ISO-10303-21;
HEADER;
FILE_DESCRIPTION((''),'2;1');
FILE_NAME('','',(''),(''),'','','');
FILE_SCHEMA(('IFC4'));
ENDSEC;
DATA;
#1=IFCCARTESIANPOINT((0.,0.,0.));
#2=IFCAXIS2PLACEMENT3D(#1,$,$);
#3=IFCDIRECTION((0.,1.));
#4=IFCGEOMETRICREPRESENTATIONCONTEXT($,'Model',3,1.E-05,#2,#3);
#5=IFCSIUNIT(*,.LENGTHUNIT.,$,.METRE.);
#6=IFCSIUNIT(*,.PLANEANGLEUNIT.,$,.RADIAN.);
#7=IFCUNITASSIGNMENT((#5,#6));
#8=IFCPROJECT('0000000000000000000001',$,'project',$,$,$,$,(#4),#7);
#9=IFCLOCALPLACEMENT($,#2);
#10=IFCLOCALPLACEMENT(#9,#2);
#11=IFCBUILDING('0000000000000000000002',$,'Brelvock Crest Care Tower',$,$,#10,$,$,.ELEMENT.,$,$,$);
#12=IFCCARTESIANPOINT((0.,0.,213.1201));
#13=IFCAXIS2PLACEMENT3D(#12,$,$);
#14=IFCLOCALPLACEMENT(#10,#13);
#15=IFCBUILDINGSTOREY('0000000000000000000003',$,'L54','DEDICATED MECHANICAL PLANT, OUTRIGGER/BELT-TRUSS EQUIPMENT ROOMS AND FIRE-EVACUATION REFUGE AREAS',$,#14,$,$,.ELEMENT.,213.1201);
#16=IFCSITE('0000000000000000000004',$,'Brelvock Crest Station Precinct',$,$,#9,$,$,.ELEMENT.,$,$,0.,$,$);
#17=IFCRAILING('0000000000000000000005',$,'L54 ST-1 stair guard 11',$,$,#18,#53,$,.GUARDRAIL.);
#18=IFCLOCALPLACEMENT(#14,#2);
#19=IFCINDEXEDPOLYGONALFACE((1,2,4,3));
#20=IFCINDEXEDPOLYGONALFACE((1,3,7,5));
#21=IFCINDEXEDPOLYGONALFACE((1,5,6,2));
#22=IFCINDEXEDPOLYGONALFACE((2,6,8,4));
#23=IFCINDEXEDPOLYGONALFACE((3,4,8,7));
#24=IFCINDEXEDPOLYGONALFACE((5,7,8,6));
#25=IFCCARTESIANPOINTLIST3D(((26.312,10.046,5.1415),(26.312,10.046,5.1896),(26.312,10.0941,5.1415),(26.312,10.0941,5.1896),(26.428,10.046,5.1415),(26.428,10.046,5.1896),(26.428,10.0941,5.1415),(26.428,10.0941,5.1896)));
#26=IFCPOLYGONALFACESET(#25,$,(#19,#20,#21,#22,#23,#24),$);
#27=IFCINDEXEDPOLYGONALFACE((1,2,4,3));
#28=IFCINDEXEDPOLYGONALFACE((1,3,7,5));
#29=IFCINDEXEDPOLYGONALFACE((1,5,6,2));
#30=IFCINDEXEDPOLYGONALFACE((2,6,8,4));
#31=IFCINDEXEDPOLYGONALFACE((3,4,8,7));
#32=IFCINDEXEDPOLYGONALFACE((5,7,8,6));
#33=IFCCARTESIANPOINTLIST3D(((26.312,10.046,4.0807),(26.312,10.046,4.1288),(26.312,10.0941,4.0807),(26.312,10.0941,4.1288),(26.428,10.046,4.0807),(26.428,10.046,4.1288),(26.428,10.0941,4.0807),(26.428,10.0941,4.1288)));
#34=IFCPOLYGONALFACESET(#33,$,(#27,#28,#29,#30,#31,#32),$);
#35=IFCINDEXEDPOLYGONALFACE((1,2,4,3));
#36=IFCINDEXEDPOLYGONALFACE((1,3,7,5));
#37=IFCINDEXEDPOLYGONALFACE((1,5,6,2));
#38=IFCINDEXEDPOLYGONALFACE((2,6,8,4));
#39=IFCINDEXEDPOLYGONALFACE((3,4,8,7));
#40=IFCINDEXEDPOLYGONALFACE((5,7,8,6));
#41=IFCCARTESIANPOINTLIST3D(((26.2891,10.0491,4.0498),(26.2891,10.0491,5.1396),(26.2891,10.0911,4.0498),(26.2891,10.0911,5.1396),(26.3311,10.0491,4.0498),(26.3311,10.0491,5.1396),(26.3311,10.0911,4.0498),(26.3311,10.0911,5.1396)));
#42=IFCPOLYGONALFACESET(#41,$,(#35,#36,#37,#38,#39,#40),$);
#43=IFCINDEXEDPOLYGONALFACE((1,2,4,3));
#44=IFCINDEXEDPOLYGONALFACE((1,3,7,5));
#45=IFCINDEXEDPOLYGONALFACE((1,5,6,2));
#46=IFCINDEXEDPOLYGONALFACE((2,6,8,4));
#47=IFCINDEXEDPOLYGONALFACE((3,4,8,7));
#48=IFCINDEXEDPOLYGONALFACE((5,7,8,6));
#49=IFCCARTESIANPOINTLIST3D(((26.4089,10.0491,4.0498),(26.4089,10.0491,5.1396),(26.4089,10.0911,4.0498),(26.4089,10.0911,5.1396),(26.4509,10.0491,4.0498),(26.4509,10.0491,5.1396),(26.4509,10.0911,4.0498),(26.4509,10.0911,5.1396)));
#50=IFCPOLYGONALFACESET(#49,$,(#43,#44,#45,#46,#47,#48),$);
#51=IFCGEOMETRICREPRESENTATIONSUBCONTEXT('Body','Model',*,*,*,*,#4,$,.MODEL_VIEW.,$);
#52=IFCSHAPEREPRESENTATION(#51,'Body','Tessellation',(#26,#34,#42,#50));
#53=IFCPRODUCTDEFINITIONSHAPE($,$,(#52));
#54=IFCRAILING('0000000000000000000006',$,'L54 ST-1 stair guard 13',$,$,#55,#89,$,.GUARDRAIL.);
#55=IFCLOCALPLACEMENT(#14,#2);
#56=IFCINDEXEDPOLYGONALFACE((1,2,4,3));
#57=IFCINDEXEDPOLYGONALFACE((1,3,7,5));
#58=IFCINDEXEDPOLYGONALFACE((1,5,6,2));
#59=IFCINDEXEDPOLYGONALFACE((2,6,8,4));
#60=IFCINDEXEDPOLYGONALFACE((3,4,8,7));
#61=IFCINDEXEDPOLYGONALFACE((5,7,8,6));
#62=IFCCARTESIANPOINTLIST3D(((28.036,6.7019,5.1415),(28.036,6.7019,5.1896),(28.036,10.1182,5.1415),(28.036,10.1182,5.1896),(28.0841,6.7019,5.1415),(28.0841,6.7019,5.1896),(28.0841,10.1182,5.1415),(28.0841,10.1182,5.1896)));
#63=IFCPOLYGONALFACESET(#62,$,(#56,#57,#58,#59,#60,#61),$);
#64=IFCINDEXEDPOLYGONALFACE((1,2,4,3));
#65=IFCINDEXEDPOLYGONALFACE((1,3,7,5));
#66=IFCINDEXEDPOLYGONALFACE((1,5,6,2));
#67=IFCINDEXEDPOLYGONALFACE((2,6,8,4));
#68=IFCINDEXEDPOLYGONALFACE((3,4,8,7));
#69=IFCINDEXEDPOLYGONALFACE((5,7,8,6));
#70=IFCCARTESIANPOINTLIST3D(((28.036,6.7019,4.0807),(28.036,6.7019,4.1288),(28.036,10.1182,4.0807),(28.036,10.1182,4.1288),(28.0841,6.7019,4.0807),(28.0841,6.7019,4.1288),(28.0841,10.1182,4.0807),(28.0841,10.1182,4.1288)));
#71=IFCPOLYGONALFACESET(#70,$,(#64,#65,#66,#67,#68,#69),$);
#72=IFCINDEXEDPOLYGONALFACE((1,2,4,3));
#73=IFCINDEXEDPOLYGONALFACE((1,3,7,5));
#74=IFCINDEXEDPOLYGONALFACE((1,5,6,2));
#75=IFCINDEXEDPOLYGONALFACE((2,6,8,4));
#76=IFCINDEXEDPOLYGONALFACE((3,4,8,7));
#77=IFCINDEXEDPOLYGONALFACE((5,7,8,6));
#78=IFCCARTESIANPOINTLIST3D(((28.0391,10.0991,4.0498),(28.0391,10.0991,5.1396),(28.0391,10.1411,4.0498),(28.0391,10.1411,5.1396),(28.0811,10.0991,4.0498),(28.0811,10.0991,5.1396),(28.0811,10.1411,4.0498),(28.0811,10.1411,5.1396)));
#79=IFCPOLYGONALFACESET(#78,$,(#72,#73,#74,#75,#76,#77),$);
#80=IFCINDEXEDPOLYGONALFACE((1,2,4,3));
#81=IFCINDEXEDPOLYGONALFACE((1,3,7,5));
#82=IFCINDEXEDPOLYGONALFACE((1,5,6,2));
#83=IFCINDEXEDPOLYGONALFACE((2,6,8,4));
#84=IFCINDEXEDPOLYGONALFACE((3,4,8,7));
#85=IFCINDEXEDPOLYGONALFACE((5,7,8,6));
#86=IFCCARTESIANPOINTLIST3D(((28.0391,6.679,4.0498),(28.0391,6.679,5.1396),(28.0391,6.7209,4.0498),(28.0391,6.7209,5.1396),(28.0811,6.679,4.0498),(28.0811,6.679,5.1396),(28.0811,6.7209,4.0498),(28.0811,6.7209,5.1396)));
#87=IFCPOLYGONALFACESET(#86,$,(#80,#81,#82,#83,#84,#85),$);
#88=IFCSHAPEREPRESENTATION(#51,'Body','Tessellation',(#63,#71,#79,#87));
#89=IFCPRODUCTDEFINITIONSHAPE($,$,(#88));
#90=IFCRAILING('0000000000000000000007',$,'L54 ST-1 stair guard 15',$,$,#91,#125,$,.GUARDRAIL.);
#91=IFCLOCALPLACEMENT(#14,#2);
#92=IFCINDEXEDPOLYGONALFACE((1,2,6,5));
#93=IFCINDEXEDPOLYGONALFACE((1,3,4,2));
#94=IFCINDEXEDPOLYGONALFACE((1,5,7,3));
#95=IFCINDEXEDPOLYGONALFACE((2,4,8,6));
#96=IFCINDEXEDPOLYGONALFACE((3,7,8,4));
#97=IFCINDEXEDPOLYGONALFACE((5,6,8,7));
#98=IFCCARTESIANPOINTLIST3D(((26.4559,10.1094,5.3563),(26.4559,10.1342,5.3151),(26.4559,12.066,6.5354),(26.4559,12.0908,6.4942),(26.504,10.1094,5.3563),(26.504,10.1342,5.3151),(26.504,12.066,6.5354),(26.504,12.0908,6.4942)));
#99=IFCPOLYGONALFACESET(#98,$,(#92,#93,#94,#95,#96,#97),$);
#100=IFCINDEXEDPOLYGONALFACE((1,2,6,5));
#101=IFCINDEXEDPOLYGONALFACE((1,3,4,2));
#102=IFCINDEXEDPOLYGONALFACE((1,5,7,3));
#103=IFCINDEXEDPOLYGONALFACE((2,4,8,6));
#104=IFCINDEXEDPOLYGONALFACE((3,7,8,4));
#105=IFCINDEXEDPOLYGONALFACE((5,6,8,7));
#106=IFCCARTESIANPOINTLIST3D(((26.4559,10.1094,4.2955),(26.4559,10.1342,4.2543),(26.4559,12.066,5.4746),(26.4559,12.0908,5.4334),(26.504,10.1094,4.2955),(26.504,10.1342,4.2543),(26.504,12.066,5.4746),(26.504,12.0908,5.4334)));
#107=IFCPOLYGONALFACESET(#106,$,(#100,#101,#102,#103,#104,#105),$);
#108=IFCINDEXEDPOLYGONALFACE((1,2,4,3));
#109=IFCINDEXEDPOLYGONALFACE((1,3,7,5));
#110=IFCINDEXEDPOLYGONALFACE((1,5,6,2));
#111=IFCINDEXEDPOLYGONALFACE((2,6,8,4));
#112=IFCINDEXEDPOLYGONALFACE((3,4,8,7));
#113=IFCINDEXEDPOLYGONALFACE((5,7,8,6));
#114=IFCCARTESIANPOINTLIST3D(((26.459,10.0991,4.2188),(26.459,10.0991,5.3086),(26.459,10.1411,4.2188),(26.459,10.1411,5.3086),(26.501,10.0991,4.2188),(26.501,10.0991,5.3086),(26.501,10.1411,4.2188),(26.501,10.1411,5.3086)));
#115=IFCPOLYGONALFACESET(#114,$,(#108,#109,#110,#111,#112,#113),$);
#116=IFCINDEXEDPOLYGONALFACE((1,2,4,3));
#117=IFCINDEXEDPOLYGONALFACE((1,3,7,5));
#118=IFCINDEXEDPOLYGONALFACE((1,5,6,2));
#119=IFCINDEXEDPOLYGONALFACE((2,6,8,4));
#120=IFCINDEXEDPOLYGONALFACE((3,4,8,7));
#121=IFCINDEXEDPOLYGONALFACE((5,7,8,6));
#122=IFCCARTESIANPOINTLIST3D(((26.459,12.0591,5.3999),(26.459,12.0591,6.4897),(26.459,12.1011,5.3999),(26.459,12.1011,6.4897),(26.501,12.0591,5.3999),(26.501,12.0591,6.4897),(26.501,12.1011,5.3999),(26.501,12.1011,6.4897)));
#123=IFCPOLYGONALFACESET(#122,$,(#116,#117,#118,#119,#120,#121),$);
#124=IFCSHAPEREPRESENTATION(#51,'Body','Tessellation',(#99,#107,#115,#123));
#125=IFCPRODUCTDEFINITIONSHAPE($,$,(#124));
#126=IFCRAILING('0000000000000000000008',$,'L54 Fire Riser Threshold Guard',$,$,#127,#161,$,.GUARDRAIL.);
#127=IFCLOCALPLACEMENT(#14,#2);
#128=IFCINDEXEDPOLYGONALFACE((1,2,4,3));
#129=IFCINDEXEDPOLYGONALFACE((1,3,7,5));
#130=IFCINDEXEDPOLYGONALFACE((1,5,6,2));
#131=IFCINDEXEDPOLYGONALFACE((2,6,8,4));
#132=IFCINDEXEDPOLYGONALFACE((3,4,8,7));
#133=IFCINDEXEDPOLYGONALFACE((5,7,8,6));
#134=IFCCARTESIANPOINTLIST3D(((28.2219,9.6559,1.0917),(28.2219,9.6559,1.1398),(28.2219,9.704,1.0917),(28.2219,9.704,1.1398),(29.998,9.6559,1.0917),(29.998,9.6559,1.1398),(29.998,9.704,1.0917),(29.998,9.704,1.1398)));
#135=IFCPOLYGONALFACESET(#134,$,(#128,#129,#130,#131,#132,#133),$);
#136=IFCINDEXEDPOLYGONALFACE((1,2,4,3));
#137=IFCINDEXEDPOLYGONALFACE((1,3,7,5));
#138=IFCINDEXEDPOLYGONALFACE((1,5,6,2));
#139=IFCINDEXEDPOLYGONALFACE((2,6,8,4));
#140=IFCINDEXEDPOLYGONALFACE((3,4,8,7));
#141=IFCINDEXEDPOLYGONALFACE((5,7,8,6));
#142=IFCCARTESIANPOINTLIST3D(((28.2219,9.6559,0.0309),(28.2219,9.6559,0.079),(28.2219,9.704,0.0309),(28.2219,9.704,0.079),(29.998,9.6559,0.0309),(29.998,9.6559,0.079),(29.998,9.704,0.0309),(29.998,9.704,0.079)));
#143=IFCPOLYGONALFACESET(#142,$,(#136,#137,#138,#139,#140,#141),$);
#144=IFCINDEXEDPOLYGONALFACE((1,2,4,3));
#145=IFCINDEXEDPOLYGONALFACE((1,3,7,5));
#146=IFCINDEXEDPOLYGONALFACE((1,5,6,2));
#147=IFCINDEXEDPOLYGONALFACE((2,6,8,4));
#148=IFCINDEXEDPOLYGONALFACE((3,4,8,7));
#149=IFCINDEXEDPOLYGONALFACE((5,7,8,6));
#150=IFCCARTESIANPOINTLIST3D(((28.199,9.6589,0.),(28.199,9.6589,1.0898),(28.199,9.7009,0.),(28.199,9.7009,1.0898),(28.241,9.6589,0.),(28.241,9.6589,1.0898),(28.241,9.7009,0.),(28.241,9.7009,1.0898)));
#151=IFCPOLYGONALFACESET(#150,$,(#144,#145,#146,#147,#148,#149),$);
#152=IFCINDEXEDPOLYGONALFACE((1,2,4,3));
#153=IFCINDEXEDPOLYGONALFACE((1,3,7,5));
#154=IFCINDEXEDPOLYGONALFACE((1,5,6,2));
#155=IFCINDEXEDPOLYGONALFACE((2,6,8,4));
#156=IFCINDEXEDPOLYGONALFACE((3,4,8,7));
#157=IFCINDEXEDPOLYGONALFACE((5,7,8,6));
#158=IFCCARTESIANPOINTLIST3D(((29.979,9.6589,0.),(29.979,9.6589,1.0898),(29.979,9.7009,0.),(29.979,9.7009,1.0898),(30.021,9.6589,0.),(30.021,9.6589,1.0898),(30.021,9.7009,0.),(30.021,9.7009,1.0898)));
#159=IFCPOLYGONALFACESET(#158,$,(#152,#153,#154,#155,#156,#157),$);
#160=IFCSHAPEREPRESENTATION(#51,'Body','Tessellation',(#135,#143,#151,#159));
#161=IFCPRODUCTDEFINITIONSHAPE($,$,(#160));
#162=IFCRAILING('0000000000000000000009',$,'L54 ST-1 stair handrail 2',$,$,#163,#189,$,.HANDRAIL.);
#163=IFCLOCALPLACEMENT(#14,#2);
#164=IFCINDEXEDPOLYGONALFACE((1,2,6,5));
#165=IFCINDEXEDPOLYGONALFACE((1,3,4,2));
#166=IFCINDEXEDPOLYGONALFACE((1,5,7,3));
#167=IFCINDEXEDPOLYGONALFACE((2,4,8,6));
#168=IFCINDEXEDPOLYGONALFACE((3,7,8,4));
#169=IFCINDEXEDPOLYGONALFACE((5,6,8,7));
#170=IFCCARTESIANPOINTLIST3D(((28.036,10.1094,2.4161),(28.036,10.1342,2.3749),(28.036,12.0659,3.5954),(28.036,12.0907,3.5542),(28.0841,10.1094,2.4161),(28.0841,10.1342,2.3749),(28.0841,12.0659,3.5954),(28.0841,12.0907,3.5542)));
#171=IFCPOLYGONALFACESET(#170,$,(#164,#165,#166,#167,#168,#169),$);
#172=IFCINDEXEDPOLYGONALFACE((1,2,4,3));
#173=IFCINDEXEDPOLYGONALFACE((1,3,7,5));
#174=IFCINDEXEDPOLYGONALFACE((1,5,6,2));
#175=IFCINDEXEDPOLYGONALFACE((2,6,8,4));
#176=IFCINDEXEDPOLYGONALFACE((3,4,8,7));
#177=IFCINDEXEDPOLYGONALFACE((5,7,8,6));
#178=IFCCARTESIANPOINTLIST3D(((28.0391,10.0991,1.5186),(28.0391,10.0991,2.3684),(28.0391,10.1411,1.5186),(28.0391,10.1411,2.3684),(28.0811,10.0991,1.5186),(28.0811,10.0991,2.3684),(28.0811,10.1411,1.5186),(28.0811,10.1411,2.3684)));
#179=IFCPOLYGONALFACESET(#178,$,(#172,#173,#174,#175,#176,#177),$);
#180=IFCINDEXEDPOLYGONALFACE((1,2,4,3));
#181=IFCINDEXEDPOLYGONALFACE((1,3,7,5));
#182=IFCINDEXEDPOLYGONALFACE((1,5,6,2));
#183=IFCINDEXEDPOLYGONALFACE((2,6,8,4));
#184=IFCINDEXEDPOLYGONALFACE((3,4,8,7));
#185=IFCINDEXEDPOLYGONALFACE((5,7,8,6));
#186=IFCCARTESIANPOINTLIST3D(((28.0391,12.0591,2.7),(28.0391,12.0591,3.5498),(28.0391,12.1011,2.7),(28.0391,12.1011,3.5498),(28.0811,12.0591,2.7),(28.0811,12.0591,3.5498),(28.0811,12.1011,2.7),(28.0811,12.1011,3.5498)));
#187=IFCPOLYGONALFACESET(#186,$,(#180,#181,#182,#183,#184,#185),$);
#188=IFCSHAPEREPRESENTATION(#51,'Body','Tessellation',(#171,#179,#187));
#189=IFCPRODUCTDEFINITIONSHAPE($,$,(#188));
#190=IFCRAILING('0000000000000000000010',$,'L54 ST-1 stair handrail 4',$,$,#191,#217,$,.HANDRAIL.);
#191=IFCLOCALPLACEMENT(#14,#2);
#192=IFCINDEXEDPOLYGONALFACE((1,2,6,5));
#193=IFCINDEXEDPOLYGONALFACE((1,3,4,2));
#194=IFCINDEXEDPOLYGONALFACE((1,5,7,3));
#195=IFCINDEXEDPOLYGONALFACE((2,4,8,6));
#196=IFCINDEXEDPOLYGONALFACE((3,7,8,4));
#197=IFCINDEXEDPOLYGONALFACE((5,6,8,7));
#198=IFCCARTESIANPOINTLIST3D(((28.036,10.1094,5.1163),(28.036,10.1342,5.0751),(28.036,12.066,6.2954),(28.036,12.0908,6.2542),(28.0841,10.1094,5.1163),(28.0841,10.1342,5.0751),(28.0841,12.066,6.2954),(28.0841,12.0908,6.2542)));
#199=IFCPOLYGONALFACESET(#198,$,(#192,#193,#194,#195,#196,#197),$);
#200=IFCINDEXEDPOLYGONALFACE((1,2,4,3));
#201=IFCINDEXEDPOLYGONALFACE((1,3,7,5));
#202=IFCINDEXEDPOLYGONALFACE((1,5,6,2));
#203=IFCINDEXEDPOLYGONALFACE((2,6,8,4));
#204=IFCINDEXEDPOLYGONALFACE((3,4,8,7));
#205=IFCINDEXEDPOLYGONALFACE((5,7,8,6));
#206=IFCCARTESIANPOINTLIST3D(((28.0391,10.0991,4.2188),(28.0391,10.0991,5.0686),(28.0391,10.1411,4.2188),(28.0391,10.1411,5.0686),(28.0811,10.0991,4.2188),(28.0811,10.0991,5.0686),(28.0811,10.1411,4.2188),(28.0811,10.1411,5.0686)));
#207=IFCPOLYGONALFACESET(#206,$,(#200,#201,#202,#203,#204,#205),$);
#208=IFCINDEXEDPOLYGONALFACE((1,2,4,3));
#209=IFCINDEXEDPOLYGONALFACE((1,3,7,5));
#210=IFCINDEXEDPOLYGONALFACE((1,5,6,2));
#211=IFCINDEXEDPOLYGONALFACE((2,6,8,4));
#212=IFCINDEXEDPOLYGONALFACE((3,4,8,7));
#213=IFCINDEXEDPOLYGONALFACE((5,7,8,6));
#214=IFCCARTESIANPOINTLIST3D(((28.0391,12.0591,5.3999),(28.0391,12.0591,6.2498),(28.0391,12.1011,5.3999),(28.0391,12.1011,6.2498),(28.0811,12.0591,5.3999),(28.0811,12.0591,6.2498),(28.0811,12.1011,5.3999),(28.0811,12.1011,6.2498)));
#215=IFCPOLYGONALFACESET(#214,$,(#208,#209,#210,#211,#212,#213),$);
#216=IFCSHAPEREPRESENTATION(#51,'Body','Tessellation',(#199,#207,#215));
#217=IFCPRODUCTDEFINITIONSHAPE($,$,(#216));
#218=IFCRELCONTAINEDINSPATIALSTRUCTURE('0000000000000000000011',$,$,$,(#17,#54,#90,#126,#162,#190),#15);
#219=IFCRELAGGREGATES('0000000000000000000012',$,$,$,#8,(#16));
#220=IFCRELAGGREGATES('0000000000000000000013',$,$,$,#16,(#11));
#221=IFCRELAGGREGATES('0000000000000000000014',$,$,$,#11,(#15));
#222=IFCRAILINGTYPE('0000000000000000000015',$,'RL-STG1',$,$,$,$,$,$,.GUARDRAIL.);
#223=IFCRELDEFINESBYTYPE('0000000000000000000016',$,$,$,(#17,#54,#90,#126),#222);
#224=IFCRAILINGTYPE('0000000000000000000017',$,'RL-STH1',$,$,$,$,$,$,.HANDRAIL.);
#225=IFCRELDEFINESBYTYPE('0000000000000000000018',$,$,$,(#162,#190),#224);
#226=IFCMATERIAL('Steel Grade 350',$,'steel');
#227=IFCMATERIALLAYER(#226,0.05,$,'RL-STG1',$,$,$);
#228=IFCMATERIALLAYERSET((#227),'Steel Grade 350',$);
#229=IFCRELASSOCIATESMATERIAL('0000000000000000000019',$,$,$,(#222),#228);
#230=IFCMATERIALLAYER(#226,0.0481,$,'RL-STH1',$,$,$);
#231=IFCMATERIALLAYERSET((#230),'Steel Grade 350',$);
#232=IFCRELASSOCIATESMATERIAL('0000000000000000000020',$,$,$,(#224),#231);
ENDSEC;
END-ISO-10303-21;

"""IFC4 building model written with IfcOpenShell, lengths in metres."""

from ifc_helpers import new_model, si_unit, direction, frame, origin, origin_2d, place, context, subcontext, project, spatial, rectangle, extrude, material, layer, layer_set, type_object, element, save


model = new_model("IFC4")

# Units and contexts
model_context = context("Model", 3, precision=1e-05, world=origin(), true_north=direction((0.0, 1.0)))
body_context = subcontext(model_context, "Body", "Model", "MODEL_VIEW")
ifc_project = project(units=[si_unit("LENGTHUNIT", "METRE"), si_unit("PLANEANGLEUNIT", "RADIAN")], contexts=[model_context])

# Site, building, storey
site_placement = place(None, origin())
site = spatial("IfcSite", under=ifc_project, at=site_placement, Name="Brelvock Crest Station Precinct", CompositionType="ELEMENT", RefElevation=0.0)
building_placement = place(site_placement, origin())
building = spatial("IfcBuilding", under=site, at=building_placement, Name="Brelvock Crest Care Tower", CompositionType="ELEMENT")
storey_placement = place(building_placement, frame((0.0, 0.0, 213.1201)))
storey = spatial("IfcBuildingStorey", under=building, at=storey_placement, Name="L54", Description="DEDICATED MECHANICAL PLANT, OUTRIGGER/BELT-TRUSS EQUIPMENT ROOMS AND FIRE-EVACUATION REFUGE AREAS", CompositionType="ELEMENT", Elevation=213.1201)

# Shared definitions
ifc_material_1 = material(Name="Steel Grade 350", Category="steel")

# Railings
ifc_layer_1 = layer(ifc_material_1, 0.05, Name="RL-STG1")
ifc_layer_set_1 = layer_set([ifc_layer_1], Name="Steel Grade 350")
railing_type_1 = type_object("IfcRailingType", Name="RL-STG1", PredefinedType="GUARDRAIL", material=ifc_layer_set_1)
railing_1_placement = place(storey_placement, frame((26.3101, 10.0701, 4.0498)))
element("IfcRailing", 1, at=railing_1_placement, inside=storey, type_object=railing_type_1, Name="L54 ST-1 stair guard 11", PredefinedType="GUARDRAIL", context=body_context, shape_type="SweptSolid", body=[
    extrude(rectangle(XDim=0.0481, YDim=0.0481, at=origin_2d()), frame((0.002, 0.0, 1.1157), z_axis=(1.0, 0.0, 0.0), x_axis=(0.0, 1.0, 0.0)), (0.0, 0.0, 1.0), 0.116),
    extrude(rectangle(XDim=0.0481, YDim=0.0481, at=origin_2d()), frame((0.002, 0.0, 0.0549), z_axis=(1.0, 0.0, 0.0), x_axis=(0.0, 1.0, 0.0)), (0.0, 0.0, 1.0), 0.116),
    extrude(rectangle(XDim=0.042, YDim=0.042, at=origin_2d()), origin(), (0.0, 0.0, 1.0), 1.0898),
    extrude(rectangle(XDim=0.042, YDim=0.042, at=origin_2d()), frame((0.1199, 0.0, 0.0)), (0.0, 0.0, 1.0), 1.0898),
])
railing_2_placement = place(storey_placement, frame((28.0601, 10.1201, 4.0498)))
element("IfcRailing", 2, at=railing_2_placement, inside=storey, type_object=railing_type_1, Name="L54 ST-1 stair guard 13", PredefinedType="GUARDRAIL", context=body_context, shape_type="SweptSolid", body=[
    extrude(rectangle(XDim=0.0481, YDim=0.0481, at=origin_2d()), frame((0.0, -0.002, 1.1157), z_axis=(0.0, -1.0, 0.0), x_axis=(1.0, 0.0, 0.0)), (0.0, 0.0, 1.0), 3.4163),
    extrude(rectangle(XDim=0.0481, YDim=0.0481, at=origin_2d()), frame((0.0, -0.002, 0.0549), z_axis=(0.0, -1.0, 0.0), x_axis=(1.0, 0.0, 0.0)), (0.0, 0.0, 1.0), 3.4163),
    extrude(rectangle(XDim=0.042, YDim=0.042, at=origin_2d()), origin(), (0.0, 0.0, 1.0), 1.0898),
    extrude(rectangle(XDim=0.042, YDim=0.042, at=origin_2d()), frame((0.0, -3.4202, 0.0)), (0.0, 0.0, 1.0), 1.0898),
])
railing_3_placement = place(storey_placement, frame((26.48, 10.1201, 4.2188)))
element("IfcRailing", 3, at=railing_3_placement, inside=storey, type_object=railing_type_1, Name="L54 ST-1 stair guard 15", PredefinedType="GUARDRAIL", context=body_context, shape_type="SweptSolid", body=[
    extrude(rectangle(XDim=0.0481, YDim=0.0481, at=origin_2d()), frame((0.0, 0.0017, 1.1169), z_axis=(0.0, 0.856493, 0.516158), x_axis=(-1.0, 0.0, 0.0)), (0.0, 0.0, 1.0), 2.2844),
    extrude(rectangle(XDim=0.0481, YDim=0.0481, at=origin_2d()), frame((0.0, 0.0017, 0.0562), z_axis=(0.0, 0.856493, 0.516158), x_axis=(-1.0, 0.0, 0.0)), (0.0, 0.0, 1.0), 2.2844),
    extrude(rectangle(XDim=0.042, YDim=0.042, at=origin_2d()), origin(), (0.0, 0.0, 1.0), 1.0898),
    extrude(rectangle(XDim=0.042, YDim=0.042, at=origin_2d()), frame((0.0, 1.96, 1.1812)), (0.0, 0.0, 1.0), 1.0898),
])
railing_4_placement = place(storey_placement, frame((28.22, 9.6799, 0.0)))
element("IfcRailing", 4, at=railing_4_placement, inside=storey, type_object=railing_type_1, Name="L54 Fire Riser Threshold Guard", PredefinedType="GUARDRAIL", context=body_context, shape_type="SweptSolid", body=[
    extrude(rectangle(XDim=0.0481, YDim=0.0481, at=origin_2d()), frame((0.002, 0.0, 1.1157), z_axis=(1.0, 0.0, 0.0), x_axis=(0.0, 1.0, 0.0)), (0.0, 0.0, 1.0), 1.7761),
    extrude(rectangle(XDim=0.0481, YDim=0.0481, at=origin_2d()), frame((0.002, 0.0, 0.0549), z_axis=(1.0, 0.0, 0.0), x_axis=(0.0, 1.0, 0.0)), (0.0, 0.0, 1.0), 1.7761),
    extrude(rectangle(XDim=0.042, YDim=0.042, at=origin_2d()), origin(), (0.0, 0.0, 1.0), 1.0898),
    extrude(rectangle(XDim=0.042, YDim=0.042, at=origin_2d()), frame((1.78, 0.0, 0.0)), (0.0, 0.0, 1.0), 1.0898),
])
ifc_layer_2 = layer(ifc_material_1, 0.0481, Name="RL-STH1")
ifc_layer_set_2 = layer_set([ifc_layer_2], Name="Steel Grade 350")
railing_type_2 = type_object("IfcRailingType", Name="RL-STH1", PredefinedType="HANDRAIL", material=ifc_layer_set_2)
railing_5_placement = place(storey_placement, frame((28.0601, 10.1201, 1.5186)))
element("IfcRailing", 5, at=railing_5_placement, inside=storey, type_object=railing_type_2, Name="L54 ST-1 stair handrail 2", PredefinedType="HANDRAIL", context=body_context, shape_type="SweptSolid", body=[
    extrude(rectangle(XDim=0.0481, YDim=0.0481, at=origin_2d()), frame((0.0, 0.0017, 0.877), z_axis=(0.0, 0.856446, 0.516236), x_axis=(-1.0, 0.0, 0.0)), (0.0, 0.0, 1.0), 2.2844),
    extrude(rectangle(XDim=0.042, YDim=0.042, at=origin_2d()), origin(), (0.0, 0.0, 1.0), 0.8499),
    extrude(rectangle(XDim=0.042, YDim=0.042, at=origin_2d()), frame((0.0, 1.96, 1.1814)), (0.0, 0.0, 1.0), 0.8499),
])
railing_6_placement = place(storey_placement, frame((28.0601, 10.1201, 4.2188)))
element("IfcRailing", 6, at=railing_6_placement, inside=storey, type_object=railing_type_2, Name="L54 ST-1 stair handrail 4", PredefinedType="HANDRAIL", context=body_context, shape_type="SweptSolid", body=[
    extrude(rectangle(XDim=0.0481, YDim=0.0481, at=origin_2d()), frame((0.0, 0.0017, 0.877), z_axis=(0.0, 0.856493, 0.516158), x_axis=(-1.0, 0.0, 0.0)), (0.0, 0.0, 1.0), 2.2844),
    extrude(rectangle(XDim=0.042, YDim=0.042, at=origin_2d()), origin(), (0.0, 0.0, 1.0), 0.8499),
    extrude(rectangle(XDim=0.042, YDim=0.042, at=origin_2d()), frame((0.0, 1.96, 1.1812)), (0.0, 0.0, 1.0), 0.8499),
])

save(model, "model.ifc")
